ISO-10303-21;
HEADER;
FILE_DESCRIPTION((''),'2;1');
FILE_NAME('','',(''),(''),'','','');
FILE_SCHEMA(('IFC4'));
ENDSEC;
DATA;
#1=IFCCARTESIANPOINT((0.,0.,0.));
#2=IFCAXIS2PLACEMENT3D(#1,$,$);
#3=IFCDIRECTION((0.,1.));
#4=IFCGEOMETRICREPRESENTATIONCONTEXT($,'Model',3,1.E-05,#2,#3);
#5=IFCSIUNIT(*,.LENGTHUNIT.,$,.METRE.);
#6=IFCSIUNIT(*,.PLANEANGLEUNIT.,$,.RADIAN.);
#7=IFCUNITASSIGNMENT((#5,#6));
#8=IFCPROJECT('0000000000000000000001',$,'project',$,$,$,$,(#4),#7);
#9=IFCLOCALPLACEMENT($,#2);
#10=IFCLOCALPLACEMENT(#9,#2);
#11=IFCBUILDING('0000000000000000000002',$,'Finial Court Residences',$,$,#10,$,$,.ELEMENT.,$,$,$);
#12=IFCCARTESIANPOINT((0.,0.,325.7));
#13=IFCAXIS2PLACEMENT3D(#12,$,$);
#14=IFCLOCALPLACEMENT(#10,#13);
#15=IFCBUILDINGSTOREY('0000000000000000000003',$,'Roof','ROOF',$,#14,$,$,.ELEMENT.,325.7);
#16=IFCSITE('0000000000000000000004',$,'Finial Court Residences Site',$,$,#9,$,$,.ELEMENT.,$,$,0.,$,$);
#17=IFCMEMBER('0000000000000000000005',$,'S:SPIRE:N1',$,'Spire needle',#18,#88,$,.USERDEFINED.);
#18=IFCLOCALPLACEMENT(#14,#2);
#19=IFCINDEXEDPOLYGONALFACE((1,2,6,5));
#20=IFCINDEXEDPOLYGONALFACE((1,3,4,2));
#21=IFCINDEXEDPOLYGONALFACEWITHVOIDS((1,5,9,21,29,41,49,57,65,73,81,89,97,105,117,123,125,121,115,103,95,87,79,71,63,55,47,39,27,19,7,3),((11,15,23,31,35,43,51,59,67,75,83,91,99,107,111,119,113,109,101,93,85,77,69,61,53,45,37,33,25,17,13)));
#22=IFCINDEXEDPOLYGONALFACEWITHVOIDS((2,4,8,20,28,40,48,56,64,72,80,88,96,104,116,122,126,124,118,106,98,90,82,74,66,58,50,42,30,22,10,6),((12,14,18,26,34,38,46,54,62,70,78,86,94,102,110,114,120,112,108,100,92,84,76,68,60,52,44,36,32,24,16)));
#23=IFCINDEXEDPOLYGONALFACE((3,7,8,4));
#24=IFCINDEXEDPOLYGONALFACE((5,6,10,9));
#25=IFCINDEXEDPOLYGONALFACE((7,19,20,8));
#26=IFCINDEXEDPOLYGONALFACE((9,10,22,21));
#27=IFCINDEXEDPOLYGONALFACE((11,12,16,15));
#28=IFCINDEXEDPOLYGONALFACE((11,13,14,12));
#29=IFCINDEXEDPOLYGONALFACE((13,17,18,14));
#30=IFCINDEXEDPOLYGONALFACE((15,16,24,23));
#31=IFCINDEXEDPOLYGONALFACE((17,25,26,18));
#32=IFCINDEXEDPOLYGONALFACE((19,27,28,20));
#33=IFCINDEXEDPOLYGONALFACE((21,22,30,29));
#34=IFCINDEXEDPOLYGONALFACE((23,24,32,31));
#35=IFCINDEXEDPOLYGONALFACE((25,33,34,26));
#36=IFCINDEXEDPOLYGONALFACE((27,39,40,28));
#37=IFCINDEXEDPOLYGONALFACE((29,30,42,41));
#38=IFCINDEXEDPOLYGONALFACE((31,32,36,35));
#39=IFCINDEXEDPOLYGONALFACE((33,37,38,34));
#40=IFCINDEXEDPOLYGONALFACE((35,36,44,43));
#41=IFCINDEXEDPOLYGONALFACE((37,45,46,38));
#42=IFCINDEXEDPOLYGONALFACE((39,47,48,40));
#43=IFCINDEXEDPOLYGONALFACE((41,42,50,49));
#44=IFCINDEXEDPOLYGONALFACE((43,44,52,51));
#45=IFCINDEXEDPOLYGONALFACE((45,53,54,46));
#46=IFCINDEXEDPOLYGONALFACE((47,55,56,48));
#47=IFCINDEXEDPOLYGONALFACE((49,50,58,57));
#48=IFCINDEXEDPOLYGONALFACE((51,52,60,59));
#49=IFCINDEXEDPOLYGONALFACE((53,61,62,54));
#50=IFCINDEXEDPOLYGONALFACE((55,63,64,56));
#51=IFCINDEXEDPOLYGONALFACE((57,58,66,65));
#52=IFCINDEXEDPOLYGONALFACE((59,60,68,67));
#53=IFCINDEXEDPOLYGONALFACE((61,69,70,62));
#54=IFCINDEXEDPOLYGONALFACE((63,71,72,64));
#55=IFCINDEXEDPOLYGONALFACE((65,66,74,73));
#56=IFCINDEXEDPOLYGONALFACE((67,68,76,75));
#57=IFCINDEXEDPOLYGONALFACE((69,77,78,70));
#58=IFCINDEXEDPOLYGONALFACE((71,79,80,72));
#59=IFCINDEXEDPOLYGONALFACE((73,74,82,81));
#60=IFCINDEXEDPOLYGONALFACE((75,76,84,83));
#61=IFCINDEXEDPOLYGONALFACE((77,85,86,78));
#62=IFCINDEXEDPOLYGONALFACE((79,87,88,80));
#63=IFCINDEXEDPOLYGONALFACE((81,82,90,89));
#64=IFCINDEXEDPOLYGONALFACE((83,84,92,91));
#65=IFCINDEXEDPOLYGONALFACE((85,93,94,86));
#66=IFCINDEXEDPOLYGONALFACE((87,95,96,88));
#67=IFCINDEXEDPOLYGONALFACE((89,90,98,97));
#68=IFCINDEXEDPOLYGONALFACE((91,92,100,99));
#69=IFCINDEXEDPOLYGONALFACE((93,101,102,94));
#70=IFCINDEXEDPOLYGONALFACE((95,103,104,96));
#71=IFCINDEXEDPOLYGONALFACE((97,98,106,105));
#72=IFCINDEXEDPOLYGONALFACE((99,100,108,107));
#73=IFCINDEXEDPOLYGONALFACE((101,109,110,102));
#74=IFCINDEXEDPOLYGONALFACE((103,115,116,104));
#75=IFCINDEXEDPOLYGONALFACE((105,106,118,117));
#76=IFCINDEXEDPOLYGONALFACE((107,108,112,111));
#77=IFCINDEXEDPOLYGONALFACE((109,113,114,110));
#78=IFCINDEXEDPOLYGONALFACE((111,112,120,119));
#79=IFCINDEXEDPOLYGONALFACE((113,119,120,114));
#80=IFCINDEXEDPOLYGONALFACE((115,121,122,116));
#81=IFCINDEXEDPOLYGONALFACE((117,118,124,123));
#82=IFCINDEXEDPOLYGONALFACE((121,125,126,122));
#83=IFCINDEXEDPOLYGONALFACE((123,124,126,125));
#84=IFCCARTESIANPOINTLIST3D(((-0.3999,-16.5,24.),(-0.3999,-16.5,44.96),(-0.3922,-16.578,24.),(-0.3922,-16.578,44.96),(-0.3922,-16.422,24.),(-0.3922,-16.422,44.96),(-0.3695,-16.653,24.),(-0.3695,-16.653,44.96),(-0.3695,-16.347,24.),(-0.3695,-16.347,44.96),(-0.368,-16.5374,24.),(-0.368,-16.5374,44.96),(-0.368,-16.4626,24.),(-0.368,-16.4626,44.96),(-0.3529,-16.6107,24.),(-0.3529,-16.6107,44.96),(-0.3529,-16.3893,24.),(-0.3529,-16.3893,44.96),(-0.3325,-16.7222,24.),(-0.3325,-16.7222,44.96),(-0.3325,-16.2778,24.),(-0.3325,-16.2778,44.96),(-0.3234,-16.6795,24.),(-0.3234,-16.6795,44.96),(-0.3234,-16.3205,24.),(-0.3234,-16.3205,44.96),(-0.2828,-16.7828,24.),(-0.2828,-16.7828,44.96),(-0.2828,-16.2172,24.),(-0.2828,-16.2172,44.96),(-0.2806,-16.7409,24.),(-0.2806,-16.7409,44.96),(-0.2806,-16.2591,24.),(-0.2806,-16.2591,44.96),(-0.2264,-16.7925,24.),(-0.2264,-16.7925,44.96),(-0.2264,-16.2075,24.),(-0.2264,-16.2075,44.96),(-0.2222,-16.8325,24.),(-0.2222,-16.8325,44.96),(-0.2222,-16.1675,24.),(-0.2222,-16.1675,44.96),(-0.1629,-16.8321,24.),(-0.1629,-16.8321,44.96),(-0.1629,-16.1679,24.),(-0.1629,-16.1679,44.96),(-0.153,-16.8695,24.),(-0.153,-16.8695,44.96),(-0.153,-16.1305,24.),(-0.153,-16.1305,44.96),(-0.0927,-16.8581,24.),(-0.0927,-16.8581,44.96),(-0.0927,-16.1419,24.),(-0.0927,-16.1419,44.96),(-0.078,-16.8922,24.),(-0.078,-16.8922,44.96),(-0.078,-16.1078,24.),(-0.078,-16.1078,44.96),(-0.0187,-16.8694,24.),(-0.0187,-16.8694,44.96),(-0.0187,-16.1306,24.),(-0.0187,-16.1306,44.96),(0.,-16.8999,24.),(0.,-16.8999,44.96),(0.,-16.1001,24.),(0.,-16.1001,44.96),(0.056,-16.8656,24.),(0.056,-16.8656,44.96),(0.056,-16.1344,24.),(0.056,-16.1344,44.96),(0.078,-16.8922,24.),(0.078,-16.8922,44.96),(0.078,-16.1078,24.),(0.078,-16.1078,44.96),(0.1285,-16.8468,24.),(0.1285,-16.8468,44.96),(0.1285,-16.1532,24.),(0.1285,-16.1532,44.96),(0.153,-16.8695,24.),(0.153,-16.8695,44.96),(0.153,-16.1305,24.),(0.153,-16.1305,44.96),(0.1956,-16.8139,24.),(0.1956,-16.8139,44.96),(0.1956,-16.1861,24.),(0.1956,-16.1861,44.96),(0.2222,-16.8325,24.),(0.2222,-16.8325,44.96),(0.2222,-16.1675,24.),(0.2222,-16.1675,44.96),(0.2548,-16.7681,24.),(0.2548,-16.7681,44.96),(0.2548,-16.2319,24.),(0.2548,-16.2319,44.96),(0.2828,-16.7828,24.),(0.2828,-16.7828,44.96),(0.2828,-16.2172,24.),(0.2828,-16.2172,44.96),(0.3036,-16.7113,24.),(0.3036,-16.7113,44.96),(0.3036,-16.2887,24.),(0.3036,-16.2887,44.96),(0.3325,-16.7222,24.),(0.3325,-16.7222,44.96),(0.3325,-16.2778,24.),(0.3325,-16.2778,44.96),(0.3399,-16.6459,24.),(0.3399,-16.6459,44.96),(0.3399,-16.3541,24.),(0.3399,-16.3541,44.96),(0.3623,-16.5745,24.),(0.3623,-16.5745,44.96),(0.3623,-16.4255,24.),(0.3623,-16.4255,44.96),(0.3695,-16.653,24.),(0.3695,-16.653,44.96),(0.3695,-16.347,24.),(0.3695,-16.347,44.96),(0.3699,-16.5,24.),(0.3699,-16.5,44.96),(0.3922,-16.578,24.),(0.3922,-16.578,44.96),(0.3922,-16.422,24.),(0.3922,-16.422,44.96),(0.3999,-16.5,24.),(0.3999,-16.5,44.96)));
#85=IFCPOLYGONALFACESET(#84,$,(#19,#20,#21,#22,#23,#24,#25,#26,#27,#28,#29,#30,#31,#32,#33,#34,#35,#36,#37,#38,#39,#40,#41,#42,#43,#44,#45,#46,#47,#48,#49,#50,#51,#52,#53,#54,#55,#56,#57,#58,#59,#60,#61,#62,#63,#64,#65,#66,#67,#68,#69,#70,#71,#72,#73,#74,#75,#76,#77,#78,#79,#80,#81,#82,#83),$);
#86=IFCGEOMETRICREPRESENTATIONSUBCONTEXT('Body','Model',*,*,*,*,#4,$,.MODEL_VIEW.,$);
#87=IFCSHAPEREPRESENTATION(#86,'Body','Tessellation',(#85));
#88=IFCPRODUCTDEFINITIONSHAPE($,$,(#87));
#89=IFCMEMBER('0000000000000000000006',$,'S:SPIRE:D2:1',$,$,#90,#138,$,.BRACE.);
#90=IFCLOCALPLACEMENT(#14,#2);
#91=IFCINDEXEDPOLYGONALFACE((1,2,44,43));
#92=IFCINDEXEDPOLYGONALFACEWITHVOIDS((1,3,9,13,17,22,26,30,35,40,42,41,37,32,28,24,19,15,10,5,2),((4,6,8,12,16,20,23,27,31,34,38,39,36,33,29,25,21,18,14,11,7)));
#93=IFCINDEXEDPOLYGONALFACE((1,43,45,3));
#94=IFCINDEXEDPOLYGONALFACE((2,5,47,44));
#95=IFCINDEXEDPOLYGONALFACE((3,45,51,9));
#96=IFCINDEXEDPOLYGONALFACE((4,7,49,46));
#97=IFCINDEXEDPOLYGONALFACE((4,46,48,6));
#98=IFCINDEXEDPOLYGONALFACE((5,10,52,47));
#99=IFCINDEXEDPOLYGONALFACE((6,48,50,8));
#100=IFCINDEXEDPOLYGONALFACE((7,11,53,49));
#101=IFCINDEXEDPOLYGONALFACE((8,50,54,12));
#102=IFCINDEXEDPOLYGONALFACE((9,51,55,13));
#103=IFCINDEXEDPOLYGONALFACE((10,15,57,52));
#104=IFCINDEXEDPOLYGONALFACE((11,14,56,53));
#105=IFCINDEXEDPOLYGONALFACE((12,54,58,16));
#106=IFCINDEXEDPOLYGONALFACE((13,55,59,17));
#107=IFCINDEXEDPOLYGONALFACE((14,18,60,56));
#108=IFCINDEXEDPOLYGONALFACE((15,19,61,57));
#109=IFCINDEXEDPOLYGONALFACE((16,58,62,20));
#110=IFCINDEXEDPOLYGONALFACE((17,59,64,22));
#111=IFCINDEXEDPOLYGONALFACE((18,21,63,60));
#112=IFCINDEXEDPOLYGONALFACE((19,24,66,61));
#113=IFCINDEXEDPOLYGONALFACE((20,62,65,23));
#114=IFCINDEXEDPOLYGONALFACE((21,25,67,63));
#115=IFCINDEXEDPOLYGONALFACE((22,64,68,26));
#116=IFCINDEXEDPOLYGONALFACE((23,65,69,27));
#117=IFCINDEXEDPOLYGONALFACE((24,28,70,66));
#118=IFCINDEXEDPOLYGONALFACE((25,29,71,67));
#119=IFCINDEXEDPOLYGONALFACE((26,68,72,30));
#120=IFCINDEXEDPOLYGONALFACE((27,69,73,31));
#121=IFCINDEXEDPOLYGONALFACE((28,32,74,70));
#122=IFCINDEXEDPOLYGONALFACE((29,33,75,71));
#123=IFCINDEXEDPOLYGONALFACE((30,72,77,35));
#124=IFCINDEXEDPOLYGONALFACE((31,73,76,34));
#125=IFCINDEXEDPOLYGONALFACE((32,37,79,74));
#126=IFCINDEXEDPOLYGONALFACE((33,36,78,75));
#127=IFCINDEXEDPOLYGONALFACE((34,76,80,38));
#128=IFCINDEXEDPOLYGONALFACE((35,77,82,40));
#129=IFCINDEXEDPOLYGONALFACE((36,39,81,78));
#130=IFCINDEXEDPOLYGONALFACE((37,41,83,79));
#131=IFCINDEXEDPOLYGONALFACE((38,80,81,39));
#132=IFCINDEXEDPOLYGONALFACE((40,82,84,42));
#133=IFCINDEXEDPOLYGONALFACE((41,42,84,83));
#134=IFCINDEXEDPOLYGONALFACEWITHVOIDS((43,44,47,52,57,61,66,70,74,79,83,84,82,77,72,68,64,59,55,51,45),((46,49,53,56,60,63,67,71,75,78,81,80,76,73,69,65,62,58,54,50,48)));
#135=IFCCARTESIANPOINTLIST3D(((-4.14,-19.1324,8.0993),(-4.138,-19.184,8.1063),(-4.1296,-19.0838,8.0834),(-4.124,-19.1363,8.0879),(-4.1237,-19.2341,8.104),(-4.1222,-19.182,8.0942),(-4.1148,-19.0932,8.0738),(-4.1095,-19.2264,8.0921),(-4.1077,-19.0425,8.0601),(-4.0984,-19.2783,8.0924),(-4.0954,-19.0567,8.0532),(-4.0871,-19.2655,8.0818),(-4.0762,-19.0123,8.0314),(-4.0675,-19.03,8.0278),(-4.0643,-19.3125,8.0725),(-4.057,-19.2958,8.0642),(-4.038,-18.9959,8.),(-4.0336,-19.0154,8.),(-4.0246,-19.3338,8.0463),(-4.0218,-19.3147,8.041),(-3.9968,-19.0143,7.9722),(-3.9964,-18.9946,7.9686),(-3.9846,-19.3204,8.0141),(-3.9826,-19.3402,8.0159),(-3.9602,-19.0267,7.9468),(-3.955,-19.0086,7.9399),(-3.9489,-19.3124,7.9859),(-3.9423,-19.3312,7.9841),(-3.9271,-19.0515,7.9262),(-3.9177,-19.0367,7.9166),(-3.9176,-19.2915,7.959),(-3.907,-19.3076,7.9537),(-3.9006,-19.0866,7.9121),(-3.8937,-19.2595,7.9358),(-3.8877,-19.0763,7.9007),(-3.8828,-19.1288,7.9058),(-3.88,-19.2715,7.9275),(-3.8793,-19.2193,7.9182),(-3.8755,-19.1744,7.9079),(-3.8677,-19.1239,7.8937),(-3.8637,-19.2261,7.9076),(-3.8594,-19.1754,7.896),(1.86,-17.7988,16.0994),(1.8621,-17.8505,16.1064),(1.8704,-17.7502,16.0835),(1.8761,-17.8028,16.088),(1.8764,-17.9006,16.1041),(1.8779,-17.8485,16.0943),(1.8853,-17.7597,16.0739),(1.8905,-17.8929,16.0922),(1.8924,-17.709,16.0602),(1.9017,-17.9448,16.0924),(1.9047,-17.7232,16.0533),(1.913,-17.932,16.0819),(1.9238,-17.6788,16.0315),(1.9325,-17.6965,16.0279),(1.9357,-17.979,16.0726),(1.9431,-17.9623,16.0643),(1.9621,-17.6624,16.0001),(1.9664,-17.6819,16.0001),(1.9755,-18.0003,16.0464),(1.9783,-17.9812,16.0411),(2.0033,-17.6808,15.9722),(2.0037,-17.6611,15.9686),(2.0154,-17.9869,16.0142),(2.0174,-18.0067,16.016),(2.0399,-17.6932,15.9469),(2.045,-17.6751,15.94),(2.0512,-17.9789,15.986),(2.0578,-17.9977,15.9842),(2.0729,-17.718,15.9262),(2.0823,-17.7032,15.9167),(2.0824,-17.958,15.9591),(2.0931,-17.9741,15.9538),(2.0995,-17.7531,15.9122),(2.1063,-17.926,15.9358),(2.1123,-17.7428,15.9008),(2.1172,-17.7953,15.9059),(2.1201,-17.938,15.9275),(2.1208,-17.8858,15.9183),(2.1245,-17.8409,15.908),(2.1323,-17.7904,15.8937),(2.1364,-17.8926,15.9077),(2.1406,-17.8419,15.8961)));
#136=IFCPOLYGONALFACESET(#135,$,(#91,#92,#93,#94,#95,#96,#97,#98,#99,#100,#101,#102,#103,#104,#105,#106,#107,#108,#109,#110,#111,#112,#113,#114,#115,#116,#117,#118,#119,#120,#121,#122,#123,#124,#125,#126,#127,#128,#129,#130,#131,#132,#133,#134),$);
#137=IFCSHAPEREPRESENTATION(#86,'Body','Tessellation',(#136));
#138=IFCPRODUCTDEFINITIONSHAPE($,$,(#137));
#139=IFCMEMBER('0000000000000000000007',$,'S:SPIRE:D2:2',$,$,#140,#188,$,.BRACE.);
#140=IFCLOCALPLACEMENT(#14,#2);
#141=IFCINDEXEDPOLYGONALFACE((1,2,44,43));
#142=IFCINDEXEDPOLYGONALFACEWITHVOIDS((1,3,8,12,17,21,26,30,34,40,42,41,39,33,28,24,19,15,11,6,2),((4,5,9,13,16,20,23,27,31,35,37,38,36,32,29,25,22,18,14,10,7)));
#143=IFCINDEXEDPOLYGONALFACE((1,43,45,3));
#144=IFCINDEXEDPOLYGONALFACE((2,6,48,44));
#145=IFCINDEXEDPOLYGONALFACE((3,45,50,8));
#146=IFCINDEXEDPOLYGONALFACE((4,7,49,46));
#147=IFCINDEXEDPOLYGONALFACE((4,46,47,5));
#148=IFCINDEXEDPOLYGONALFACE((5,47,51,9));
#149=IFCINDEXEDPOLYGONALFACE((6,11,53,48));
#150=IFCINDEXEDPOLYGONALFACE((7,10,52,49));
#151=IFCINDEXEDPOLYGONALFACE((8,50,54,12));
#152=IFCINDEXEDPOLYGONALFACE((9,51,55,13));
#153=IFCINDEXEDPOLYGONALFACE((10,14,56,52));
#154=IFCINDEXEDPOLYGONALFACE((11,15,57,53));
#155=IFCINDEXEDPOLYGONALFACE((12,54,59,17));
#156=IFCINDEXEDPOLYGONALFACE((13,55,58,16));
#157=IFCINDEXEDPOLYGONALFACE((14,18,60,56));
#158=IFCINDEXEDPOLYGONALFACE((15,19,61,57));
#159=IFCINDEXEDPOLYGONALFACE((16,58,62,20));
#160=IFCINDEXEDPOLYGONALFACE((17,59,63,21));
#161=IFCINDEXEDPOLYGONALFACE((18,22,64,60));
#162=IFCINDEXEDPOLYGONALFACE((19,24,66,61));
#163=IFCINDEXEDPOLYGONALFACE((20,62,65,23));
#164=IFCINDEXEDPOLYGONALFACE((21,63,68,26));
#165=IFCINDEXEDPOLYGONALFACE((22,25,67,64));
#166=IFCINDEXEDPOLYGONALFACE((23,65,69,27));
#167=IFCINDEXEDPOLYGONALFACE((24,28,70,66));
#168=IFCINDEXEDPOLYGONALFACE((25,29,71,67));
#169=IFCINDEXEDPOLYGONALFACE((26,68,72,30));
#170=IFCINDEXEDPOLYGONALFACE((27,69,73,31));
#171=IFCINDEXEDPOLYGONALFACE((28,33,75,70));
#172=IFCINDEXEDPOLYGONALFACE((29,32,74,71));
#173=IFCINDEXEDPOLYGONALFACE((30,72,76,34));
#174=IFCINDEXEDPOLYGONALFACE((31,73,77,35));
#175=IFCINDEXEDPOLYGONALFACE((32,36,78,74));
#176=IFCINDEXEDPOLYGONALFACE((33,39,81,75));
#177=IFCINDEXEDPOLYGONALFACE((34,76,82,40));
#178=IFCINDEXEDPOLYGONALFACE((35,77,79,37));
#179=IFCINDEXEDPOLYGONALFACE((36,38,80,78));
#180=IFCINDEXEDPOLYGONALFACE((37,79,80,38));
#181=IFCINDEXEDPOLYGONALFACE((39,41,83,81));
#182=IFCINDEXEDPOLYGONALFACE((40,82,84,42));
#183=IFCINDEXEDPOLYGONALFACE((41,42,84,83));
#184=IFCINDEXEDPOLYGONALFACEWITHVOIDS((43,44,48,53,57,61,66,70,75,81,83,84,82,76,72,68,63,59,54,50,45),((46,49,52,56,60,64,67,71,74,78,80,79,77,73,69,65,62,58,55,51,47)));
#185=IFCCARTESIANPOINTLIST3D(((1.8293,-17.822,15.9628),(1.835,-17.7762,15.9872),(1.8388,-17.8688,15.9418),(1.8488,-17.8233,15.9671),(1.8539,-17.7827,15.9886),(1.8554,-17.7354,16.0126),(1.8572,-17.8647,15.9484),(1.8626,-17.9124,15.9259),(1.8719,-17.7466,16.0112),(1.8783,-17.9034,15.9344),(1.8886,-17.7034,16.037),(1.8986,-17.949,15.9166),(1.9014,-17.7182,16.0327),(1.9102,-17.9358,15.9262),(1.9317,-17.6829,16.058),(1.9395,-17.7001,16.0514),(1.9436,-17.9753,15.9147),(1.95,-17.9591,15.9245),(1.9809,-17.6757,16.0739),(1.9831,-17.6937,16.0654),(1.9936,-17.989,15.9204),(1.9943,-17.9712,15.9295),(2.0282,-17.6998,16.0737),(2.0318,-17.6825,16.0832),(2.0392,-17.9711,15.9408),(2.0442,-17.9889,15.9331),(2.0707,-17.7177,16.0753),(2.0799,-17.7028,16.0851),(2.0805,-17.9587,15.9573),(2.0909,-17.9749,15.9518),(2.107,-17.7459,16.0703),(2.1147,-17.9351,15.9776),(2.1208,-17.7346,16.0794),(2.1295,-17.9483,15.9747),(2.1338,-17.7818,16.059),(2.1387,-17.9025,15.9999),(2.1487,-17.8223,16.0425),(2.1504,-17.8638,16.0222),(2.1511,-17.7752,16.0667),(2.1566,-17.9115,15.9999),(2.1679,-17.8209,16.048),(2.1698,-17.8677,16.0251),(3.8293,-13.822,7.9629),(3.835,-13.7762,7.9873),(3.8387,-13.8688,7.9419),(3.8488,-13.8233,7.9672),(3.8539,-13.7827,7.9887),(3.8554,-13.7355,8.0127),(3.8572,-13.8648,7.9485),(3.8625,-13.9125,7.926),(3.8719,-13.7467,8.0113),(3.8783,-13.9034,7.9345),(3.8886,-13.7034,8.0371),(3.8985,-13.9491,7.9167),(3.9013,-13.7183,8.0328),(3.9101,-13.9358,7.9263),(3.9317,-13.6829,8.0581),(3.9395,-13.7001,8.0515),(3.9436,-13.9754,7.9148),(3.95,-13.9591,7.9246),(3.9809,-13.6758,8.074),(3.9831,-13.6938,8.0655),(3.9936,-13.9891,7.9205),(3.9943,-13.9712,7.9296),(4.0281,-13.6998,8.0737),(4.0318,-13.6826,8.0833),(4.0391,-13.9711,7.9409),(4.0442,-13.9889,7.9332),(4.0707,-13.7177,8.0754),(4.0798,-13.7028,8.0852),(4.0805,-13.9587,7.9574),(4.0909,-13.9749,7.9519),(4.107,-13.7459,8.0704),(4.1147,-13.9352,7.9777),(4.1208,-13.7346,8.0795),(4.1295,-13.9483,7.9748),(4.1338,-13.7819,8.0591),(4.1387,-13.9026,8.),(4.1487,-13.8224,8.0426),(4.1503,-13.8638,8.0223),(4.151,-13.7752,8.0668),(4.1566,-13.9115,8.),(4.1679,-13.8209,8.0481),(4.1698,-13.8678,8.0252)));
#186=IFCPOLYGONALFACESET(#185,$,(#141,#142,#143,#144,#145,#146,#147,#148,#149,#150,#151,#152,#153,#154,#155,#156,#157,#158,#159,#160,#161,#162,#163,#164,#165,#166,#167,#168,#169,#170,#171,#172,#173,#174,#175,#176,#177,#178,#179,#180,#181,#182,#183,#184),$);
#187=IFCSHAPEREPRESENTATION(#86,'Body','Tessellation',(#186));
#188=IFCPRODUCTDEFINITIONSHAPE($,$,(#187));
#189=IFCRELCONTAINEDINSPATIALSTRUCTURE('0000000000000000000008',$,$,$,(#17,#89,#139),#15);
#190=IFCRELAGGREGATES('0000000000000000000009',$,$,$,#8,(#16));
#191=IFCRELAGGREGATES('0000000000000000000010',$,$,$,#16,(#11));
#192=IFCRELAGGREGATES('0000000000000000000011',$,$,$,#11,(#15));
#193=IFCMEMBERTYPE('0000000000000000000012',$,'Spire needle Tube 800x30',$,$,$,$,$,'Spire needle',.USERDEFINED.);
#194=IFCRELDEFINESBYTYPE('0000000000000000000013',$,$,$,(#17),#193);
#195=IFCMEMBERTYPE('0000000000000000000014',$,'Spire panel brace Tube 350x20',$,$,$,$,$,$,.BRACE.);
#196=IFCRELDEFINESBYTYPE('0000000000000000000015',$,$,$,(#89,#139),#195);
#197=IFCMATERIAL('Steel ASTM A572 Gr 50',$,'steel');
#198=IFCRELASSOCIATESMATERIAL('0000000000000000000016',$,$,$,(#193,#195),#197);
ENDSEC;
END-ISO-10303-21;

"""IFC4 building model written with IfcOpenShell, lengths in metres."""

from ifc_helpers import new_model, si_unit, direction, frame, origin, origin_2d, place, context, subcontext, project, spatial, hollow_circle, extrude, material, material_profile, profile_set, type_object, element, save


model = new_model("IFC4")

# Units and contexts
model_context = context("Model", 3, precision=1e-05, world=origin(), true_north=direction((0.0, 1.0)))
body_context = subcontext(model_context, "Body", "Model", "MODEL_VIEW")
ifc_project = project(units=[si_unit("LENGTHUNIT", "METRE"), si_unit("PLANEANGLEUNIT", "RADIAN")], contexts=[model_context])

# Site, building, storey
site_placement = place(None, origin())
site = spatial("IfcSite", under=ifc_project, at=site_placement, Name="Finial Court Residences Site", CompositionType="ELEMENT", RefElevation=0.0)
building_placement = place(site_placement, origin())
building = spatial("IfcBuilding", under=site, at=building_placement, Name="Finial Court Residences", CompositionType="ELEMENT")
storey_placement = place(building_placement, frame((0.0, 0.0, 325.7)))
storey = spatial("IfcBuildingStorey", under=building, at=storey_placement, Name="Roof", Description="ROOF", CompositionType="ELEMENT", Elevation=325.7)

# Members
ifc_material = material(Name="Steel ASTM A572 Gr 50", Category="steel")
ifc_material_profile_1 = material_profile(ifc_material, hollow_circle(Radius=0.3999, WallThickness=0.03, at=origin_2d()), Name="Tube 800x30")
ifc_profile_set_1 = profile_set([ifc_material_profile_1], Name="Steel ASTM A572 Gr 50")
member_type_1 = type_object("IfcMemberType", Name="Spire needle Tube 800x30", ElementType="Spire needle", PredefinedType="USERDEFINED", material=ifc_profile_set_1)
member_1_placement = place(storey_placement, frame((0.0, -16.5, 24.0), z_axis=(0.0, 0.0, 1.0), x_axis=(1.0, 0.0, 0.0)))
element("IfcMember", 1, at=member_1_placement, inside=storey, type_object=member_type_1, Name="S:SPIRE:N1", ObjectType="Spire needle", PredefinedType="USERDEFINED", context=body_context, shape_type="SweptSolid", body=[
    extrude(hollow_circle(Radius=0.3999, WallThickness=0.03, at=origin_2d()), origin(), (0.0, 0.0, 1.0), 20.96),
])
ifc_material_profile_2 = material_profile(ifc_material, hollow_circle(Radius=0.175, WallThickness=0.02, at=origin_2d()), Name="Tube 350x20")
ifc_profile_set_2 = profile_set([ifc_material_profile_2], Name="Steel ASTM A572 Gr 50")
member_type_2 = type_object("IfcMemberType", Name="Spire panel brace Tube 350x20", PredefinedType="BRACE", material=ifc_profile_set_2)
member_2_placement = place(storey_placement, frame((-4.0, -19.1667, 8.0), z_axis=(0.594735, 0.13218, 0.792981), x_axis=(-0.216956, 0.976181, 0.0)))
element("IfcMember", 2, at=member_2_placement, inside=storey, type_object=member_type_2, Name="S:SPIRE:D2:1", PredefinedType="BRACE", context=body_context, shape_type="SweptSolid", body=[
    extrude(hollow_circle(Radius=0.175, WallThickness=0.02, at=origin_2d()), origin(), (0.0, 0.0, 1.0), 10.0886),
])
member_3_placement = place(storey_placement, frame((4.0, -13.8333, 8.0), z_axis=(-0.218218, -0.436436, 0.872872), x_axis=(0.894427, -0.447214, 0.0)))
element("IfcMember", 3, at=member_3_placement, inside=storey, type_object=member_type_2, Name="S:SPIRE:D2:2", PredefinedType="BRACE", context=body_context, shape_type="SweptSolid", body=[
    extrude(hollow_circle(Radius=0.175, WallThickness=0.02, at=origin_2d()), origin(), (0.0, 0.0, 1.0), 9.165),
])

save(model, "model.ifc")
